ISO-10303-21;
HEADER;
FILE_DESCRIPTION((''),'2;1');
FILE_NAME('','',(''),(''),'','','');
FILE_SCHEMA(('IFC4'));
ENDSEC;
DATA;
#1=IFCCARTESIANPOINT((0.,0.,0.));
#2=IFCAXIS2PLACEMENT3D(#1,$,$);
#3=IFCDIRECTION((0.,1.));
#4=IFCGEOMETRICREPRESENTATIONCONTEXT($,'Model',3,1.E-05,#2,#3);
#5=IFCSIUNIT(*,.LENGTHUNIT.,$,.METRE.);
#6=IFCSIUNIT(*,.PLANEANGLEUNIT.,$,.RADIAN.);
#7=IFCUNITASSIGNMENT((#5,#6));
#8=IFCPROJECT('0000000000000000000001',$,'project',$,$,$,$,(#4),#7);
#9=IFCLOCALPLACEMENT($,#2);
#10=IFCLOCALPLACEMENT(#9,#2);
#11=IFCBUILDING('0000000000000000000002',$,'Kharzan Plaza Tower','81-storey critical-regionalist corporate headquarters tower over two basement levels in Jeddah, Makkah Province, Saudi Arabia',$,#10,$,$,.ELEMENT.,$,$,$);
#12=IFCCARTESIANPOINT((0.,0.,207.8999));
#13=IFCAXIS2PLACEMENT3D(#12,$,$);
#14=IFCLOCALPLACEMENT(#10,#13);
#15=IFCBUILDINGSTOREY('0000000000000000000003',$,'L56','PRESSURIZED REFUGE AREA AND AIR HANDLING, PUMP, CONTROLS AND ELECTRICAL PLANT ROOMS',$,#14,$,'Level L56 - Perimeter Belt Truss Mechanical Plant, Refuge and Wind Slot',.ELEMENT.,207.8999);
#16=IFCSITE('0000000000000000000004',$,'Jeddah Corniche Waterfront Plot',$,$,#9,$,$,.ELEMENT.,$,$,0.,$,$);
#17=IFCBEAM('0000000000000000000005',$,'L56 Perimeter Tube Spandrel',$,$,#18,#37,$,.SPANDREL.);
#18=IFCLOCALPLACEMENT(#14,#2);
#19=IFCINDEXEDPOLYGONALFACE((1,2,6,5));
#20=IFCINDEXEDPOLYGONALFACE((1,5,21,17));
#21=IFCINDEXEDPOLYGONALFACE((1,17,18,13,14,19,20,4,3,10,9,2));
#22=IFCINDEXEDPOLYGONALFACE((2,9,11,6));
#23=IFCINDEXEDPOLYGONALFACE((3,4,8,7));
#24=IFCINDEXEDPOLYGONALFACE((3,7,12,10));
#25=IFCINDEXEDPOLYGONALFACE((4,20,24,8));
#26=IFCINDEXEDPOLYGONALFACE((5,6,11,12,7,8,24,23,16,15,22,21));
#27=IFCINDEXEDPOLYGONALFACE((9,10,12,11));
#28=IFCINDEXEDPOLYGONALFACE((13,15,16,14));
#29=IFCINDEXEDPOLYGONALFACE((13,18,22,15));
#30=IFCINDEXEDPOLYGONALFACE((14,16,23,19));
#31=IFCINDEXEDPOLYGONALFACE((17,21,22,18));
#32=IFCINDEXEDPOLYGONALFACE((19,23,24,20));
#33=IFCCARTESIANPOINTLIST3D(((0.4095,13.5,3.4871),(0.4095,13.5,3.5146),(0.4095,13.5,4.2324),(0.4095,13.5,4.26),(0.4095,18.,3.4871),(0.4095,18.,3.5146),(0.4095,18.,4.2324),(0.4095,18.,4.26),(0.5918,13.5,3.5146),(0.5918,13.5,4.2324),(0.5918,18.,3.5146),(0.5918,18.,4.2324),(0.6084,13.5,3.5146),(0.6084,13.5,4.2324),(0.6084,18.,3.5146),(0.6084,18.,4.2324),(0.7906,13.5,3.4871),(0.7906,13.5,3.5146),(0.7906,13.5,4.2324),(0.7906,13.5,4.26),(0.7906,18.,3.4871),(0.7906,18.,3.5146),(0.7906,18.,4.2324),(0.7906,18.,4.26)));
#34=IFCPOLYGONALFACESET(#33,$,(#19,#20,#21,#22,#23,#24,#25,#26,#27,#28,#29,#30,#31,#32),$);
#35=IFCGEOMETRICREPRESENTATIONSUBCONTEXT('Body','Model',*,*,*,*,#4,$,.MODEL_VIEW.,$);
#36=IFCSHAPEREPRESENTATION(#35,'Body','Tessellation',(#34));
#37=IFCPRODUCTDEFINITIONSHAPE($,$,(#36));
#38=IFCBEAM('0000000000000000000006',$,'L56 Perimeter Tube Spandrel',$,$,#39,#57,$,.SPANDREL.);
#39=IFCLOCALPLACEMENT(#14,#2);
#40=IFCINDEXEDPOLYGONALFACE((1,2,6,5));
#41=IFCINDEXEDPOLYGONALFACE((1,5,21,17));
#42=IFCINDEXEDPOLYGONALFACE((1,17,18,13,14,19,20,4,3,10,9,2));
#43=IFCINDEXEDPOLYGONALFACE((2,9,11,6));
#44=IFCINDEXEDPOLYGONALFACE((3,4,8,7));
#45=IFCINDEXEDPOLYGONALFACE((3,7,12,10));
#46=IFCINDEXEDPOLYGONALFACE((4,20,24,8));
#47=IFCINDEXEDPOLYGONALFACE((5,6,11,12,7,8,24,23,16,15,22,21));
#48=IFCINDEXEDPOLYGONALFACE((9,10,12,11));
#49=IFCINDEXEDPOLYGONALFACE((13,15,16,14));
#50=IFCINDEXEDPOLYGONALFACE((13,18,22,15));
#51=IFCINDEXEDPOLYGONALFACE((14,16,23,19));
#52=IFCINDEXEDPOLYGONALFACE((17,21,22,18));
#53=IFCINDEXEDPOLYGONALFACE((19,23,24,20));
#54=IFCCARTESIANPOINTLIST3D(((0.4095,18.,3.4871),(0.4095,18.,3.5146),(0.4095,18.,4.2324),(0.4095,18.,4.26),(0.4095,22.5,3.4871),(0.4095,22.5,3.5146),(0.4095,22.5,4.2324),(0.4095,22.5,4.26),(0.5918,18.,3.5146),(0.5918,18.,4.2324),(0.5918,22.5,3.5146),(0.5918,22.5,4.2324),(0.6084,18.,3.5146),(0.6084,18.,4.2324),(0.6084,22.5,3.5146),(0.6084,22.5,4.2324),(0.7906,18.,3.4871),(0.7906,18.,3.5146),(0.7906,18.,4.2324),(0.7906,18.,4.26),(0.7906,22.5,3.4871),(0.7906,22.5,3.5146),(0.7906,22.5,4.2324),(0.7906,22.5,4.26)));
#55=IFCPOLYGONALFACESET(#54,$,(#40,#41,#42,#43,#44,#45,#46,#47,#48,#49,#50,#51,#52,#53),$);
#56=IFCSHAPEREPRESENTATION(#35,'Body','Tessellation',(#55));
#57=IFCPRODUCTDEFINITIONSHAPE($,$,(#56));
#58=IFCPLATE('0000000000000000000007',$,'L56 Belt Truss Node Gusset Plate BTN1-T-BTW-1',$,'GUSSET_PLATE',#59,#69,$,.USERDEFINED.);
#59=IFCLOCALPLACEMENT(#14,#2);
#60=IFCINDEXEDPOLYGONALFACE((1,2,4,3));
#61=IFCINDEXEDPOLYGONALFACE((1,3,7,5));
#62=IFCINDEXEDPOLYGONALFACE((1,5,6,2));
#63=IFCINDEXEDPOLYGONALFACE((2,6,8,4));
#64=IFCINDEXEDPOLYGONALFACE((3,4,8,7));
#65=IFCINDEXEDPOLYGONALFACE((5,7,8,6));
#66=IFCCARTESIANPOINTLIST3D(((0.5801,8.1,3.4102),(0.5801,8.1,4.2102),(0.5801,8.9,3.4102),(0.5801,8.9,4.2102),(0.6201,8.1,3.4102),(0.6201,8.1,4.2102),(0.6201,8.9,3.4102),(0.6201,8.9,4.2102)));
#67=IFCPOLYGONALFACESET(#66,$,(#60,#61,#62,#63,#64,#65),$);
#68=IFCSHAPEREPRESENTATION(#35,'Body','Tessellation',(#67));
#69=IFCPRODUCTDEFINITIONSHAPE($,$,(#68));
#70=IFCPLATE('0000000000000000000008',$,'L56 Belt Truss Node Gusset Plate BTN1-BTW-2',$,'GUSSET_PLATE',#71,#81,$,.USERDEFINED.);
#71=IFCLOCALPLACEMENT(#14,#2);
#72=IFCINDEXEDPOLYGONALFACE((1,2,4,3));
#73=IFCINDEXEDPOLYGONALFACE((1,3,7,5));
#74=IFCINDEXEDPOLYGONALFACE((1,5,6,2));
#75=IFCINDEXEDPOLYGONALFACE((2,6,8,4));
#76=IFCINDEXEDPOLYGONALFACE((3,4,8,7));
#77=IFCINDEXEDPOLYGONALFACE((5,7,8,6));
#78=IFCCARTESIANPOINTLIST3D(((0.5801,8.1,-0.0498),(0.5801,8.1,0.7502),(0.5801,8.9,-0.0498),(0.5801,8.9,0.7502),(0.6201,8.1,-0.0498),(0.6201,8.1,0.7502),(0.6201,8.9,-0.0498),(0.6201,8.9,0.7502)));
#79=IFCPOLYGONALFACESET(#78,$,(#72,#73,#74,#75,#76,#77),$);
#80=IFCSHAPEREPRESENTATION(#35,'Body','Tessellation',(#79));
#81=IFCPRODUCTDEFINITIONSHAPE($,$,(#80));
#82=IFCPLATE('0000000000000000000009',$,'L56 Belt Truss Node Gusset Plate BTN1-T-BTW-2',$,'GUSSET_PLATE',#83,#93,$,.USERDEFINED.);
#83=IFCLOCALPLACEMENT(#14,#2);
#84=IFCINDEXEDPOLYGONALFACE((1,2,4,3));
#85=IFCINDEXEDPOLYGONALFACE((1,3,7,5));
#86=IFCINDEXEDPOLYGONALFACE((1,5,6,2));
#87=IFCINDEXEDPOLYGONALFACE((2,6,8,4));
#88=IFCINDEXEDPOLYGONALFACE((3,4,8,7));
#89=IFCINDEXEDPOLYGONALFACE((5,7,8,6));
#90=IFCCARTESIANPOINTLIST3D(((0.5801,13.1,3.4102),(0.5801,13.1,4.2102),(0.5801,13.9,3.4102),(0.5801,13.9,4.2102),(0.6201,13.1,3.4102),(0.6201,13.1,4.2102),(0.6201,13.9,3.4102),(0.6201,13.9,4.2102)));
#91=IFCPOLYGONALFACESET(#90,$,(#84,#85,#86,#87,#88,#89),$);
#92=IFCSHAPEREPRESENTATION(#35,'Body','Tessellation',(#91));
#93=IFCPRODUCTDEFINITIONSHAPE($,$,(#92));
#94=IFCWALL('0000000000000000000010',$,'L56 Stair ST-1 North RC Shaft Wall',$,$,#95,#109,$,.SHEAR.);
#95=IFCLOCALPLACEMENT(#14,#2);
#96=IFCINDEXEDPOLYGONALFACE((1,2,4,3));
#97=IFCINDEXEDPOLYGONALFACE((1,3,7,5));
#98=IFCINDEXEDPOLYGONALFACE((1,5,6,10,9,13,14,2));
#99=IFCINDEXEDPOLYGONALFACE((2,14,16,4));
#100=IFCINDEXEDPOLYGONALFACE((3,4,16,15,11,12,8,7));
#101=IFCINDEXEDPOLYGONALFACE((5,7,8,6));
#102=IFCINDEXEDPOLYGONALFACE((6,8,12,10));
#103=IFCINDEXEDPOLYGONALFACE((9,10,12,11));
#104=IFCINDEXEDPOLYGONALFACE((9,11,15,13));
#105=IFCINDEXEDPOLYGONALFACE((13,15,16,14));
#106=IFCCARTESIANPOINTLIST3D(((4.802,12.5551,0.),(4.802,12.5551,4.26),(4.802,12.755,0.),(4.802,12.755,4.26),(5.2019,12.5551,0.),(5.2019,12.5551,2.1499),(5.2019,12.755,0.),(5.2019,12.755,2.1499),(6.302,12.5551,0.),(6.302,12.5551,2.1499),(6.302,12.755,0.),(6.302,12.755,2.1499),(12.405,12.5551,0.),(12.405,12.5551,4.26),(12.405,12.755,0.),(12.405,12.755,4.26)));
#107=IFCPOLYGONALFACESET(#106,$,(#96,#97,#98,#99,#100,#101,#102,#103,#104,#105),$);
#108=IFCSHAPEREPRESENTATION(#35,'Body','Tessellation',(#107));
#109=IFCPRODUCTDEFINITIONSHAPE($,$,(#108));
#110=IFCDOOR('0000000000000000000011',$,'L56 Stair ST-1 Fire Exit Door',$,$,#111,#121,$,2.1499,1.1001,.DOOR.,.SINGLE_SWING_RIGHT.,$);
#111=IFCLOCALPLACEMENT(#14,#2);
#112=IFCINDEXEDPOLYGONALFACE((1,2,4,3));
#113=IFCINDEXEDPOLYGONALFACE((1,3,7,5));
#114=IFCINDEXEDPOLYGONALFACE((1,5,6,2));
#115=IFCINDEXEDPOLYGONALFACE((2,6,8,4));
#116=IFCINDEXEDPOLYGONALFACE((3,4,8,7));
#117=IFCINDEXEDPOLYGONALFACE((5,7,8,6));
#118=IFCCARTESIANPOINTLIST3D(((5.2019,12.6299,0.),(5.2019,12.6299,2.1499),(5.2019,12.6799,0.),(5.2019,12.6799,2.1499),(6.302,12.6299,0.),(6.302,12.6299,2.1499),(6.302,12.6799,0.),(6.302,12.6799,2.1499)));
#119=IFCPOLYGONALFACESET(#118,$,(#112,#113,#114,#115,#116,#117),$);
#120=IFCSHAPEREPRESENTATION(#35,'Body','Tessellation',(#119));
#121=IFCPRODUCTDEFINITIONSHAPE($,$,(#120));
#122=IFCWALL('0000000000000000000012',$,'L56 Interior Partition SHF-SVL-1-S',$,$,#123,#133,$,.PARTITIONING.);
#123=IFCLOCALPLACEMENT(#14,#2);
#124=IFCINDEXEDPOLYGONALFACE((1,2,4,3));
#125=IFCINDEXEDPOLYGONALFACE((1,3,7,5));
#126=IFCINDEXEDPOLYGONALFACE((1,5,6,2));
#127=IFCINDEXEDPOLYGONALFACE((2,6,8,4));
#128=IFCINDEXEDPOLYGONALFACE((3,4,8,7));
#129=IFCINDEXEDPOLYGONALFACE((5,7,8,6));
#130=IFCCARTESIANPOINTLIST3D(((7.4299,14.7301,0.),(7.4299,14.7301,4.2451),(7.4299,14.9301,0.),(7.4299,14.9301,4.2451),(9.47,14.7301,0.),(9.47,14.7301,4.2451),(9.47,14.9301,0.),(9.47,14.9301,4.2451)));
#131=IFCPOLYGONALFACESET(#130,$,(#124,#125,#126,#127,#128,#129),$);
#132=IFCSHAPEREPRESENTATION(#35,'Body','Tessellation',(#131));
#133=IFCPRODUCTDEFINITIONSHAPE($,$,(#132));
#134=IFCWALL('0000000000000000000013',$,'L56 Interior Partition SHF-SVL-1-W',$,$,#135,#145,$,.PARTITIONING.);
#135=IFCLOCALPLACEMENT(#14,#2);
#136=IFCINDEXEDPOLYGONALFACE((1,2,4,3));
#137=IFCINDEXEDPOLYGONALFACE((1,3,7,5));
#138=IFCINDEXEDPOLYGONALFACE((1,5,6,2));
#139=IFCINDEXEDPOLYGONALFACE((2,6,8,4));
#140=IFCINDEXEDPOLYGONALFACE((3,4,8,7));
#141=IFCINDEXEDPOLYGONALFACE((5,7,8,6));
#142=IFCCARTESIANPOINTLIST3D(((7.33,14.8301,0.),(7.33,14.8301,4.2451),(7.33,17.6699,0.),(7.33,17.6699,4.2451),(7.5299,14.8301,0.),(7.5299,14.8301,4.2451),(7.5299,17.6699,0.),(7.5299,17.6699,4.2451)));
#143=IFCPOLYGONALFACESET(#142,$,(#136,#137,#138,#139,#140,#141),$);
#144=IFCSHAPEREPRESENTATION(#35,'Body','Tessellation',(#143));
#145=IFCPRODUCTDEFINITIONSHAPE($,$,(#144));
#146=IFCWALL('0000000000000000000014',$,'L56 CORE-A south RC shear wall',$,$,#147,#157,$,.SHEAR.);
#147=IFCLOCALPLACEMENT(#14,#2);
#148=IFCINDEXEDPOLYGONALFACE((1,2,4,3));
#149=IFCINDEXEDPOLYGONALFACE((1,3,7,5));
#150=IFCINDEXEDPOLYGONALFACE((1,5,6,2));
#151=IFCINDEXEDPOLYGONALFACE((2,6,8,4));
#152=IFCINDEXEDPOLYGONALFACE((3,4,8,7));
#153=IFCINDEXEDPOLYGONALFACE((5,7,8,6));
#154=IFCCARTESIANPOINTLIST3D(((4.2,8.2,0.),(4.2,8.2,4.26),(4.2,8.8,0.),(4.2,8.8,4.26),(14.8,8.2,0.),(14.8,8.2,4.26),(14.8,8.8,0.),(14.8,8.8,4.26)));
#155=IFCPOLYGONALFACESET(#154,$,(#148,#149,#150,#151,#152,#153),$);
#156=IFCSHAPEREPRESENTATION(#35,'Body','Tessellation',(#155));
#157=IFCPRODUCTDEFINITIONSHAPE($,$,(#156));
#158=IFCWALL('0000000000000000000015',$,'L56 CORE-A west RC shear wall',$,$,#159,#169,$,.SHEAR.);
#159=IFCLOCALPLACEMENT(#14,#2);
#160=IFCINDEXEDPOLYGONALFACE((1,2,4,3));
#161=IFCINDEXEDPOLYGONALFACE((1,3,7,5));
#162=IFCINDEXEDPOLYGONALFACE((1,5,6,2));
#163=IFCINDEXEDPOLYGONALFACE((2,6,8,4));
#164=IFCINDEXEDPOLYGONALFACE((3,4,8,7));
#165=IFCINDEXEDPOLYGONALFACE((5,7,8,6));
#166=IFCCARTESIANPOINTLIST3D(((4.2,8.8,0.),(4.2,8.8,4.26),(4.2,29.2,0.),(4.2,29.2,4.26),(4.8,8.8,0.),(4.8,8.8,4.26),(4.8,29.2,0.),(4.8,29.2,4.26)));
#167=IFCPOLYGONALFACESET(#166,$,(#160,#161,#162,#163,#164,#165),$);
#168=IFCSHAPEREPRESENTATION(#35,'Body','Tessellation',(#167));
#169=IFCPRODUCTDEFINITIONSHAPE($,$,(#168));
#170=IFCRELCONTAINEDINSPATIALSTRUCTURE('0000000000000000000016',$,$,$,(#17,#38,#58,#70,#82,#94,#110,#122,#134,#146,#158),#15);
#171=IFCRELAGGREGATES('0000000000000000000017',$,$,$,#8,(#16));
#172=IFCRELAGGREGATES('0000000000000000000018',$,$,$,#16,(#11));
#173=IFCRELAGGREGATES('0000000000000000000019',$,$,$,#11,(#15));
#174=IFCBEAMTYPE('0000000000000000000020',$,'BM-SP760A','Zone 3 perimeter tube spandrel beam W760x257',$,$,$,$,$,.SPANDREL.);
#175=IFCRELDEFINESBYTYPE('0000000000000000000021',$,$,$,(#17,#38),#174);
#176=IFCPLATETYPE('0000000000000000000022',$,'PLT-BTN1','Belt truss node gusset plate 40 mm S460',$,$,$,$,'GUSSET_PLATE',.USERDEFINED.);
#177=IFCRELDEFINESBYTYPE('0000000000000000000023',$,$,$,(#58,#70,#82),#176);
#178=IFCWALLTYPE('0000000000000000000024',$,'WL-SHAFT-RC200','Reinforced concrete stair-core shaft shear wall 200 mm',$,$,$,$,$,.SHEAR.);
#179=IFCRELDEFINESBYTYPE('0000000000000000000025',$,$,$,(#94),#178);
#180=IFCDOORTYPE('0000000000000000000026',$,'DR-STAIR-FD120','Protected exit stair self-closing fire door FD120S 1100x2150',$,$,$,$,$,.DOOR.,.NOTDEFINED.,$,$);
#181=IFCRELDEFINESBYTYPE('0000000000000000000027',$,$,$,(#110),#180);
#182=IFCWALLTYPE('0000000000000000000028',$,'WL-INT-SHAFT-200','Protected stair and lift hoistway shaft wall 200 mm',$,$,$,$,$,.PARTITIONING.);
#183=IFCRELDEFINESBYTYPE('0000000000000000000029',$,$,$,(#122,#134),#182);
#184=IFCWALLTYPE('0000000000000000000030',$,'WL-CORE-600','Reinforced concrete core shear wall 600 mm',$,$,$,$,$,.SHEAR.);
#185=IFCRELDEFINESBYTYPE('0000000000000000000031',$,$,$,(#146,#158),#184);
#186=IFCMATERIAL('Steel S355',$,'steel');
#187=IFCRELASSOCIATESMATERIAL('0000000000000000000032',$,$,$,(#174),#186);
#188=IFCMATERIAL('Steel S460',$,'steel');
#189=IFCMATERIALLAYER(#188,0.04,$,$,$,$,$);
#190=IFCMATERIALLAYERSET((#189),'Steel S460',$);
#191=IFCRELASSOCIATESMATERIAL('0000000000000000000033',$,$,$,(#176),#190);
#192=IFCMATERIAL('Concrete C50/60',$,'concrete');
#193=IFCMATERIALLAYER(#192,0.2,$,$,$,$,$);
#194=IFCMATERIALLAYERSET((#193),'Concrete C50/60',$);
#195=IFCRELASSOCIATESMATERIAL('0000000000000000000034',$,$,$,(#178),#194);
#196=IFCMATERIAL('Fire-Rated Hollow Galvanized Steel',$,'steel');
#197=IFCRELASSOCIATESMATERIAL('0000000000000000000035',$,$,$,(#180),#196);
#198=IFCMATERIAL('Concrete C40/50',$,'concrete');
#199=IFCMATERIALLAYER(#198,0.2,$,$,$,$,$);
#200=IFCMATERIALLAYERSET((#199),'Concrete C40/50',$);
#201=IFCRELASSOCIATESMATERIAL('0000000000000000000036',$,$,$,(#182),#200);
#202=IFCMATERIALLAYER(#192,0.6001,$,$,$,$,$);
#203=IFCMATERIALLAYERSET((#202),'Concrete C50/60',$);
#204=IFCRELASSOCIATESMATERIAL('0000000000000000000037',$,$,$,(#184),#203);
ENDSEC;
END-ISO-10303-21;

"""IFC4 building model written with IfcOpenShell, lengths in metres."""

from ifc_helpers import new_model, si_unit, direction, frame, frame_2d, origin, origin_2d, place, context, subcontext, project, spatial, rectangle, i_section, extrude, source, transform, mapped, material, layer, layer_set, material_profile, profile_set, type_object, element, fill, save


model = new_model("IFC4")

# Units and contexts
model_context = context("Model", 3, precision=1e-05, world=origin(), true_north=direction((0.0, 1.0)))
body_context = subcontext(model_context, "Body", "Model", "MODEL_VIEW")
ifc_project = project(units=[si_unit("LENGTHUNIT", "METRE"), si_unit("PLANEANGLEUNIT", "RADIAN")], contexts=[model_context])

# Site, building, storey
site_placement = place(None, origin())
site = spatial("IfcSite", under=ifc_project, at=site_placement, Name="Jeddah Corniche Waterfront Plot", CompositionType="ELEMENT", RefElevation=0.0)
building_placement = place(site_placement, origin())
building = spatial("IfcBuilding", under=site, at=building_placement, Name="Kharzan Plaza Tower", Description="81-storey critical-regionalist corporate headquarters tower over two basement levels in Jeddah, Makkah Province, Saudi Arabia", CompositionType="ELEMENT")
storey_placement = place(building_placement, frame((0.0, 0.0, 207.8999)))
storey = spatial("IfcBuildingStorey", under=building, at=storey_placement, Name="L56", Description="PRESSURIZED REFUGE AREA AND AIR HANDLING, PUMP, CONTROLS AND ELECTRICAL PLANT ROOMS", LongName="Level L56 - Perimeter Belt Truss Mechanical Plant, Refuge and Wind Slot", CompositionType="ELEMENT", Elevation=207.8999)

# Shared definitions
ifc_material_1 = material(Name="Concrete C50/60", Category="concrete")

# Shared definitions
ifc_material_2 = material(Name="Steel S355", Category="steel")

# Beams
ifc_material_profile_1 = material_profile(ifc_material_2, i_section(OverallWidth=0.3811, OverallDepth=0.7729, WebThickness=0.0166, FlangeThickness=0.0276, at=origin_2d()), Name="W760x257")
ifc_profile_set_1 = profile_set([ifc_material_profile_1], Name="Steel S355")
beam_type_1 = type_object("IfcBeamType", Name="BM-SP760A", Description="Zone 3 perimeter tube spandrel beam W760x257", PredefinedType="SPANDREL", material=ifc_profile_set_1)
shared_shape_1 = source(origin(), body_context, "Body", "SweptSolid", [
    extrude(i_section(OverallWidth=0.3811, OverallDepth=0.7729, WebThickness=0.0166, FlangeThickness=0.0276, at=origin_2d()), origin(), (0.0, 0.0, 1.0), 4.5),
])
for number, where, z_axis, x_axis, name in (
    (1, (0.6001, 13.5, 3.8735), (0.0, 1.0, 0.0), (-1.0, 0.0, 0.0), "L56 Perimeter Tube Spandrel"),
    (2, (0.6001, 18.0, 3.8735), (0.0, 1.0, 0.0), (-1.0, 0.0, 0.0), "L56 Perimeter Tube Spandrel"),
):
    element("IfcBeam", number, at=place(storey_placement, frame(where, z_axis=z_axis, x_axis=x_axis)), inside=storey, type_object=beam_type_1, Name=name, PredefinedType="SPANDREL", context=body_context, shape_type="MappedRepresentation", body=[
        mapped(shared_shape_1, transform((0.0, 0.0, 0.0), x_axis=(1.0, 0.0, 0.0), y_axis=(0.0, 1.0, 0.0), z_axis=(0.0, 0.0, 1.0))),
    ])

# Plates
ifc_material_3 = material(Name="Steel S460", Category="steel")
ifc_layer_1 = layer(ifc_material_3, 0.04)
ifc_layer_set_1 = layer_set([ifc_layer_1], Name="Steel S460")
plate_type = type_object("IfcPlateType", Name="PLT-BTN1", Description="Belt truss node gusset plate 40 mm S460", ElementType="GUSSET_PLATE", PredefinedType="USERDEFINED", material=ifc_layer_set_1)
shared_shape_2 = source(origin(), body_context, "Body", "SweptSolid", [
    extrude(rectangle(XDim=0.8, YDim=0.04, at=origin_2d()), origin(), (0.0, 0.0, 1.0), 0.8),
])
for number, where, z_axis, x_axis, name in (
    (3, (0.6001, 8.5, 3.4102), (0.0, 0.0, 1.0), (0.0, 1.0, 0.0), "L56 Belt Truss Node Gusset Plate BTN1-T-BTW-1"),
    (4, (0.6001, 8.5, -0.0498), (0.0, 0.0, 1.0), (0.0, 1.0, 0.0), "L56 Belt Truss Node Gusset Plate BTN1-BTW-2"),
    (5, (0.6001, 13.5, 3.4102), (0.0, 0.0, 1.0), (0.0, 1.0, 0.0), "L56 Belt Truss Node Gusset Plate BTN1-T-BTW-2"),
):
    element("IfcPlate", number, at=place(storey_placement, frame(where, z_axis=z_axis, x_axis=x_axis)), inside=storey, type_object=plate_type, Name=name, ObjectType="GUSSET_PLATE", PredefinedType="USERDEFINED", context=body_context, shape_type="MappedRepresentation", body=[
        mapped(shared_shape_2, transform((0.0, 0.0, 0.0), x_axis=(1.0, 0.0, 0.0), y_axis=(0.0, 1.0, 0.0), z_axis=(0.0, 0.0, 1.0))),
    ])

# Wall, opening, door
ifc_layer_2 = layer(ifc_material_1, 0.2)
ifc_layer_set_2 = layer_set([ifc_layer_2], Name="Concrete C50/60")
wall_type_1 = type_object("IfcWallType", Name="WL-SHAFT-RC200", Description="Reinforced concrete stair-core shaft shear wall 200 mm", PredefinedType="SHEAR", material=ifc_layer_set_2)
wall_1_placement = place(storey_placement, frame((4.802, 12.655, 0.0), z_axis=(0.0, 0.0, 1.0), x_axis=(1.0, 0.0, 0.0)))
wall_1 = element("IfcWall", 6, at=wall_1_placement, inside=storey, type_object=wall_type_1, Name="L56 Stair ST-1 North RC Shaft Wall", PredefinedType="SHEAR", context=body_context, shape_type="SweptSolid", body=[
    extrude(rectangle(XDim=7.603, YDim=0.2, at=frame_2d((3.8015, 0.0))), origin(), (0.0, 0.0, 1.0), 4.26),
])
opening_placement = place(wall_1_placement, frame((0.3999, 0.0, 0.0)))
opening = element("IfcOpeningElement", 7, at=opening_placement, cuts=wall_1, PredefinedType="OPENING", context=body_context, shape_type="SweptSolid", body=[
    extrude(rectangle(XDim=1.1001, YDim=2.1499, at=frame_2d((0.55, 1.075))), frame((0.0, 0.1099, 0.0), z_axis=(0.0, -1.0, 0.0), x_axis=(1.0, 0.0, 0.0)), (0.0, 0.0, 1.0), 0.22),
])
ifc_material_4 = material(Name="Fire-Rated Hollow Galvanized Steel", Category="steel")
door_type = type_object("IfcDoorType", Name="DR-STAIR-FD120", Description="Protected exit stair self-closing fire door FD120S 1100x2150", OperationType="NOTDEFINED", PredefinedType="DOOR", material=ifc_material_4)
shared_shape_3 = source(origin(), body_context, "Body", "SweptSolid", [
    extrude(rectangle(XDim=1.1001, YDim=2.1499, at=frame_2d((0.55, 1.075))), frame((0.0, 0.0249, 0.0), z_axis=(0.0, -1.0, 0.0), x_axis=(1.0, 0.0, 0.0)), (0.0, 0.0, 1.0), 0.05),
])
door_placement = place(opening_placement, origin())
door = element("IfcDoor", 8, at=door_placement, inside=storey, type_object=door_type, Name="L56 Stair ST-1 Fire Exit Door", OperationType="SINGLE_SWING_RIGHT", OverallHeight=2.1499, OverallWidth=1.1001, PredefinedType="DOOR", context=body_context, shape_type="MappedRepresentation", body=[
    mapped(shared_shape_3, transform((0.0, 0.0, 0.0), x_axis=(1.0, 0.0, 0.0), y_axis=(0.0, 1.0, 0.0), z_axis=(0.0, 0.0, 1.0))),
])
fill(opening, door)

# Walls
ifc_material_5 = material(Name="Concrete C40/50", Category="concrete")
ifc_layer_3 = layer(ifc_material_5, 0.2)
ifc_layer_set_3 = layer_set([ifc_layer_3], Name="Concrete C40/50")
wall_type_2 = type_object("IfcWallType", Name="WL-INT-SHAFT-200", Description="Protected stair and lift hoistway shaft wall 200 mm", PredefinedType="PARTITIONING", material=ifc_layer_set_3)
shared_shape_4 = source(origin(), body_context, "Body", "SweptSolid", [
    extrude(rectangle(XDim=2.04, YDim=0.2, at=frame_2d((1.02, 0.0))), origin(), (0.0, 0.0, 1.0), 4.2451),
])
wall_2_placement = place(storey_placement, frame((7.4299, 14.8301, 0.0), z_axis=(0.0, 0.0, 1.0), x_axis=(1.0, 0.0, 0.0)))
element("IfcWall", 9, at=wall_2_placement, inside=storey, type_object=wall_type_2, Name="L56 Interior Partition SHF-SVL-1-S", PredefinedType="PARTITIONING", context=body_context, shape_type="MappedRepresentation", body=[
    mapped(shared_shape_4, transform((0.0, 0.0, 0.0), x_axis=(1.0, 0.0, 0.0), y_axis=(0.0, 1.0, 0.0), z_axis=(0.0, 0.0, 1.0))),
])
shared_shape_5 = source(origin(), body_context, "Body", "SweptSolid", [
    extrude(rectangle(XDim=2.8398, YDim=0.2, at=frame_2d((1.4199, 0.0))), origin(), (0.0, 0.0, 1.0), 4.2451),
])
wall_3_placement = place(storey_placement, frame((7.4299, 14.8301, 0.0), z_axis=(0.0, 0.0, 1.0), x_axis=(0.0, 1.0, 0.0)))
element("IfcWall", 10, at=wall_3_placement, inside=storey, type_object=wall_type_2, Name="L56 Interior Partition SHF-SVL-1-W", PredefinedType="PARTITIONING", context=body_context, shape_type="MappedRepresentation", body=[
    mapped(shared_shape_5, transform((0.0, 0.0, 0.0), x_axis=(1.0, 0.0, 0.0), y_axis=(0.0, 1.0, 0.0), z_axis=(0.0, 0.0, 1.0))),
])
ifc_layer_4 = layer(ifc_material_1, 0.6001)
ifc_layer_set_4 = layer_set([ifc_layer_4], Name="Concrete C50/60")
wall_type_3 = type_object("IfcWallType", Name="WL-CORE-600", Description="Reinforced concrete core shear wall 600 mm", PredefinedType="SHEAR", material=ifc_layer_set_4)
shared_shape_6 = source(origin(), body_context, "Body", "SweptSolid", [
    extrude(rectangle(XDim=10.6001, YDim=0.6001, at=frame_2d((5.3, 0.0))), origin(), (0.0, 0.0, 1.0), 4.26),
])
wall_4_placement = place(storey_placement, frame((4.2, 8.5, 0.0), z_axis=(0.0, 0.0, 1.0), x_axis=(1.0, 0.0, 0.0)))
element("IfcWall", 11, at=wall_4_placement, inside=storey, type_object=wall_type_3, Name="L56 CORE-A south RC shear wall", PredefinedType="SHEAR", context=body_context, shape_type="MappedRepresentation", body=[
    mapped(shared_shape_6, transform((0.0, 0.0, 0.0), x_axis=(1.0, 0.0, 0.0), y_axis=(0.0, 1.0, 0.0), z_axis=(0.0, 0.0, 1.0))),
])
shared_shape_7 = source(origin(), body_context, "Body", "SweptSolid", [
    extrude(rectangle(XDim=20.3999, YDim=0.6001, at=frame_2d((10.2, 0.0))), origin(), (0.0, 0.0, 1.0), 4.26),
])
wall_5_placement = place(storey_placement, frame((4.5, 8.8, 0.0), z_axis=(0.0, 0.0, 1.0), x_axis=(0.0, 1.0, 0.0)))
element("IfcWall", 12, at=wall_5_placement, inside=storey, type_object=wall_type_3, Name="L56 CORE-A west RC shear wall", PredefinedType="SHEAR", context=body_context, shape_type="MappedRepresentation", body=[
    mapped(shared_shape_7, transform((0.0, 0.0, 0.0), x_axis=(1.0, 0.0, 0.0), y_axis=(0.0, 1.0, 0.0), z_axis=(0.0, 0.0, 1.0))),
])

save(model, "model.ifc")
